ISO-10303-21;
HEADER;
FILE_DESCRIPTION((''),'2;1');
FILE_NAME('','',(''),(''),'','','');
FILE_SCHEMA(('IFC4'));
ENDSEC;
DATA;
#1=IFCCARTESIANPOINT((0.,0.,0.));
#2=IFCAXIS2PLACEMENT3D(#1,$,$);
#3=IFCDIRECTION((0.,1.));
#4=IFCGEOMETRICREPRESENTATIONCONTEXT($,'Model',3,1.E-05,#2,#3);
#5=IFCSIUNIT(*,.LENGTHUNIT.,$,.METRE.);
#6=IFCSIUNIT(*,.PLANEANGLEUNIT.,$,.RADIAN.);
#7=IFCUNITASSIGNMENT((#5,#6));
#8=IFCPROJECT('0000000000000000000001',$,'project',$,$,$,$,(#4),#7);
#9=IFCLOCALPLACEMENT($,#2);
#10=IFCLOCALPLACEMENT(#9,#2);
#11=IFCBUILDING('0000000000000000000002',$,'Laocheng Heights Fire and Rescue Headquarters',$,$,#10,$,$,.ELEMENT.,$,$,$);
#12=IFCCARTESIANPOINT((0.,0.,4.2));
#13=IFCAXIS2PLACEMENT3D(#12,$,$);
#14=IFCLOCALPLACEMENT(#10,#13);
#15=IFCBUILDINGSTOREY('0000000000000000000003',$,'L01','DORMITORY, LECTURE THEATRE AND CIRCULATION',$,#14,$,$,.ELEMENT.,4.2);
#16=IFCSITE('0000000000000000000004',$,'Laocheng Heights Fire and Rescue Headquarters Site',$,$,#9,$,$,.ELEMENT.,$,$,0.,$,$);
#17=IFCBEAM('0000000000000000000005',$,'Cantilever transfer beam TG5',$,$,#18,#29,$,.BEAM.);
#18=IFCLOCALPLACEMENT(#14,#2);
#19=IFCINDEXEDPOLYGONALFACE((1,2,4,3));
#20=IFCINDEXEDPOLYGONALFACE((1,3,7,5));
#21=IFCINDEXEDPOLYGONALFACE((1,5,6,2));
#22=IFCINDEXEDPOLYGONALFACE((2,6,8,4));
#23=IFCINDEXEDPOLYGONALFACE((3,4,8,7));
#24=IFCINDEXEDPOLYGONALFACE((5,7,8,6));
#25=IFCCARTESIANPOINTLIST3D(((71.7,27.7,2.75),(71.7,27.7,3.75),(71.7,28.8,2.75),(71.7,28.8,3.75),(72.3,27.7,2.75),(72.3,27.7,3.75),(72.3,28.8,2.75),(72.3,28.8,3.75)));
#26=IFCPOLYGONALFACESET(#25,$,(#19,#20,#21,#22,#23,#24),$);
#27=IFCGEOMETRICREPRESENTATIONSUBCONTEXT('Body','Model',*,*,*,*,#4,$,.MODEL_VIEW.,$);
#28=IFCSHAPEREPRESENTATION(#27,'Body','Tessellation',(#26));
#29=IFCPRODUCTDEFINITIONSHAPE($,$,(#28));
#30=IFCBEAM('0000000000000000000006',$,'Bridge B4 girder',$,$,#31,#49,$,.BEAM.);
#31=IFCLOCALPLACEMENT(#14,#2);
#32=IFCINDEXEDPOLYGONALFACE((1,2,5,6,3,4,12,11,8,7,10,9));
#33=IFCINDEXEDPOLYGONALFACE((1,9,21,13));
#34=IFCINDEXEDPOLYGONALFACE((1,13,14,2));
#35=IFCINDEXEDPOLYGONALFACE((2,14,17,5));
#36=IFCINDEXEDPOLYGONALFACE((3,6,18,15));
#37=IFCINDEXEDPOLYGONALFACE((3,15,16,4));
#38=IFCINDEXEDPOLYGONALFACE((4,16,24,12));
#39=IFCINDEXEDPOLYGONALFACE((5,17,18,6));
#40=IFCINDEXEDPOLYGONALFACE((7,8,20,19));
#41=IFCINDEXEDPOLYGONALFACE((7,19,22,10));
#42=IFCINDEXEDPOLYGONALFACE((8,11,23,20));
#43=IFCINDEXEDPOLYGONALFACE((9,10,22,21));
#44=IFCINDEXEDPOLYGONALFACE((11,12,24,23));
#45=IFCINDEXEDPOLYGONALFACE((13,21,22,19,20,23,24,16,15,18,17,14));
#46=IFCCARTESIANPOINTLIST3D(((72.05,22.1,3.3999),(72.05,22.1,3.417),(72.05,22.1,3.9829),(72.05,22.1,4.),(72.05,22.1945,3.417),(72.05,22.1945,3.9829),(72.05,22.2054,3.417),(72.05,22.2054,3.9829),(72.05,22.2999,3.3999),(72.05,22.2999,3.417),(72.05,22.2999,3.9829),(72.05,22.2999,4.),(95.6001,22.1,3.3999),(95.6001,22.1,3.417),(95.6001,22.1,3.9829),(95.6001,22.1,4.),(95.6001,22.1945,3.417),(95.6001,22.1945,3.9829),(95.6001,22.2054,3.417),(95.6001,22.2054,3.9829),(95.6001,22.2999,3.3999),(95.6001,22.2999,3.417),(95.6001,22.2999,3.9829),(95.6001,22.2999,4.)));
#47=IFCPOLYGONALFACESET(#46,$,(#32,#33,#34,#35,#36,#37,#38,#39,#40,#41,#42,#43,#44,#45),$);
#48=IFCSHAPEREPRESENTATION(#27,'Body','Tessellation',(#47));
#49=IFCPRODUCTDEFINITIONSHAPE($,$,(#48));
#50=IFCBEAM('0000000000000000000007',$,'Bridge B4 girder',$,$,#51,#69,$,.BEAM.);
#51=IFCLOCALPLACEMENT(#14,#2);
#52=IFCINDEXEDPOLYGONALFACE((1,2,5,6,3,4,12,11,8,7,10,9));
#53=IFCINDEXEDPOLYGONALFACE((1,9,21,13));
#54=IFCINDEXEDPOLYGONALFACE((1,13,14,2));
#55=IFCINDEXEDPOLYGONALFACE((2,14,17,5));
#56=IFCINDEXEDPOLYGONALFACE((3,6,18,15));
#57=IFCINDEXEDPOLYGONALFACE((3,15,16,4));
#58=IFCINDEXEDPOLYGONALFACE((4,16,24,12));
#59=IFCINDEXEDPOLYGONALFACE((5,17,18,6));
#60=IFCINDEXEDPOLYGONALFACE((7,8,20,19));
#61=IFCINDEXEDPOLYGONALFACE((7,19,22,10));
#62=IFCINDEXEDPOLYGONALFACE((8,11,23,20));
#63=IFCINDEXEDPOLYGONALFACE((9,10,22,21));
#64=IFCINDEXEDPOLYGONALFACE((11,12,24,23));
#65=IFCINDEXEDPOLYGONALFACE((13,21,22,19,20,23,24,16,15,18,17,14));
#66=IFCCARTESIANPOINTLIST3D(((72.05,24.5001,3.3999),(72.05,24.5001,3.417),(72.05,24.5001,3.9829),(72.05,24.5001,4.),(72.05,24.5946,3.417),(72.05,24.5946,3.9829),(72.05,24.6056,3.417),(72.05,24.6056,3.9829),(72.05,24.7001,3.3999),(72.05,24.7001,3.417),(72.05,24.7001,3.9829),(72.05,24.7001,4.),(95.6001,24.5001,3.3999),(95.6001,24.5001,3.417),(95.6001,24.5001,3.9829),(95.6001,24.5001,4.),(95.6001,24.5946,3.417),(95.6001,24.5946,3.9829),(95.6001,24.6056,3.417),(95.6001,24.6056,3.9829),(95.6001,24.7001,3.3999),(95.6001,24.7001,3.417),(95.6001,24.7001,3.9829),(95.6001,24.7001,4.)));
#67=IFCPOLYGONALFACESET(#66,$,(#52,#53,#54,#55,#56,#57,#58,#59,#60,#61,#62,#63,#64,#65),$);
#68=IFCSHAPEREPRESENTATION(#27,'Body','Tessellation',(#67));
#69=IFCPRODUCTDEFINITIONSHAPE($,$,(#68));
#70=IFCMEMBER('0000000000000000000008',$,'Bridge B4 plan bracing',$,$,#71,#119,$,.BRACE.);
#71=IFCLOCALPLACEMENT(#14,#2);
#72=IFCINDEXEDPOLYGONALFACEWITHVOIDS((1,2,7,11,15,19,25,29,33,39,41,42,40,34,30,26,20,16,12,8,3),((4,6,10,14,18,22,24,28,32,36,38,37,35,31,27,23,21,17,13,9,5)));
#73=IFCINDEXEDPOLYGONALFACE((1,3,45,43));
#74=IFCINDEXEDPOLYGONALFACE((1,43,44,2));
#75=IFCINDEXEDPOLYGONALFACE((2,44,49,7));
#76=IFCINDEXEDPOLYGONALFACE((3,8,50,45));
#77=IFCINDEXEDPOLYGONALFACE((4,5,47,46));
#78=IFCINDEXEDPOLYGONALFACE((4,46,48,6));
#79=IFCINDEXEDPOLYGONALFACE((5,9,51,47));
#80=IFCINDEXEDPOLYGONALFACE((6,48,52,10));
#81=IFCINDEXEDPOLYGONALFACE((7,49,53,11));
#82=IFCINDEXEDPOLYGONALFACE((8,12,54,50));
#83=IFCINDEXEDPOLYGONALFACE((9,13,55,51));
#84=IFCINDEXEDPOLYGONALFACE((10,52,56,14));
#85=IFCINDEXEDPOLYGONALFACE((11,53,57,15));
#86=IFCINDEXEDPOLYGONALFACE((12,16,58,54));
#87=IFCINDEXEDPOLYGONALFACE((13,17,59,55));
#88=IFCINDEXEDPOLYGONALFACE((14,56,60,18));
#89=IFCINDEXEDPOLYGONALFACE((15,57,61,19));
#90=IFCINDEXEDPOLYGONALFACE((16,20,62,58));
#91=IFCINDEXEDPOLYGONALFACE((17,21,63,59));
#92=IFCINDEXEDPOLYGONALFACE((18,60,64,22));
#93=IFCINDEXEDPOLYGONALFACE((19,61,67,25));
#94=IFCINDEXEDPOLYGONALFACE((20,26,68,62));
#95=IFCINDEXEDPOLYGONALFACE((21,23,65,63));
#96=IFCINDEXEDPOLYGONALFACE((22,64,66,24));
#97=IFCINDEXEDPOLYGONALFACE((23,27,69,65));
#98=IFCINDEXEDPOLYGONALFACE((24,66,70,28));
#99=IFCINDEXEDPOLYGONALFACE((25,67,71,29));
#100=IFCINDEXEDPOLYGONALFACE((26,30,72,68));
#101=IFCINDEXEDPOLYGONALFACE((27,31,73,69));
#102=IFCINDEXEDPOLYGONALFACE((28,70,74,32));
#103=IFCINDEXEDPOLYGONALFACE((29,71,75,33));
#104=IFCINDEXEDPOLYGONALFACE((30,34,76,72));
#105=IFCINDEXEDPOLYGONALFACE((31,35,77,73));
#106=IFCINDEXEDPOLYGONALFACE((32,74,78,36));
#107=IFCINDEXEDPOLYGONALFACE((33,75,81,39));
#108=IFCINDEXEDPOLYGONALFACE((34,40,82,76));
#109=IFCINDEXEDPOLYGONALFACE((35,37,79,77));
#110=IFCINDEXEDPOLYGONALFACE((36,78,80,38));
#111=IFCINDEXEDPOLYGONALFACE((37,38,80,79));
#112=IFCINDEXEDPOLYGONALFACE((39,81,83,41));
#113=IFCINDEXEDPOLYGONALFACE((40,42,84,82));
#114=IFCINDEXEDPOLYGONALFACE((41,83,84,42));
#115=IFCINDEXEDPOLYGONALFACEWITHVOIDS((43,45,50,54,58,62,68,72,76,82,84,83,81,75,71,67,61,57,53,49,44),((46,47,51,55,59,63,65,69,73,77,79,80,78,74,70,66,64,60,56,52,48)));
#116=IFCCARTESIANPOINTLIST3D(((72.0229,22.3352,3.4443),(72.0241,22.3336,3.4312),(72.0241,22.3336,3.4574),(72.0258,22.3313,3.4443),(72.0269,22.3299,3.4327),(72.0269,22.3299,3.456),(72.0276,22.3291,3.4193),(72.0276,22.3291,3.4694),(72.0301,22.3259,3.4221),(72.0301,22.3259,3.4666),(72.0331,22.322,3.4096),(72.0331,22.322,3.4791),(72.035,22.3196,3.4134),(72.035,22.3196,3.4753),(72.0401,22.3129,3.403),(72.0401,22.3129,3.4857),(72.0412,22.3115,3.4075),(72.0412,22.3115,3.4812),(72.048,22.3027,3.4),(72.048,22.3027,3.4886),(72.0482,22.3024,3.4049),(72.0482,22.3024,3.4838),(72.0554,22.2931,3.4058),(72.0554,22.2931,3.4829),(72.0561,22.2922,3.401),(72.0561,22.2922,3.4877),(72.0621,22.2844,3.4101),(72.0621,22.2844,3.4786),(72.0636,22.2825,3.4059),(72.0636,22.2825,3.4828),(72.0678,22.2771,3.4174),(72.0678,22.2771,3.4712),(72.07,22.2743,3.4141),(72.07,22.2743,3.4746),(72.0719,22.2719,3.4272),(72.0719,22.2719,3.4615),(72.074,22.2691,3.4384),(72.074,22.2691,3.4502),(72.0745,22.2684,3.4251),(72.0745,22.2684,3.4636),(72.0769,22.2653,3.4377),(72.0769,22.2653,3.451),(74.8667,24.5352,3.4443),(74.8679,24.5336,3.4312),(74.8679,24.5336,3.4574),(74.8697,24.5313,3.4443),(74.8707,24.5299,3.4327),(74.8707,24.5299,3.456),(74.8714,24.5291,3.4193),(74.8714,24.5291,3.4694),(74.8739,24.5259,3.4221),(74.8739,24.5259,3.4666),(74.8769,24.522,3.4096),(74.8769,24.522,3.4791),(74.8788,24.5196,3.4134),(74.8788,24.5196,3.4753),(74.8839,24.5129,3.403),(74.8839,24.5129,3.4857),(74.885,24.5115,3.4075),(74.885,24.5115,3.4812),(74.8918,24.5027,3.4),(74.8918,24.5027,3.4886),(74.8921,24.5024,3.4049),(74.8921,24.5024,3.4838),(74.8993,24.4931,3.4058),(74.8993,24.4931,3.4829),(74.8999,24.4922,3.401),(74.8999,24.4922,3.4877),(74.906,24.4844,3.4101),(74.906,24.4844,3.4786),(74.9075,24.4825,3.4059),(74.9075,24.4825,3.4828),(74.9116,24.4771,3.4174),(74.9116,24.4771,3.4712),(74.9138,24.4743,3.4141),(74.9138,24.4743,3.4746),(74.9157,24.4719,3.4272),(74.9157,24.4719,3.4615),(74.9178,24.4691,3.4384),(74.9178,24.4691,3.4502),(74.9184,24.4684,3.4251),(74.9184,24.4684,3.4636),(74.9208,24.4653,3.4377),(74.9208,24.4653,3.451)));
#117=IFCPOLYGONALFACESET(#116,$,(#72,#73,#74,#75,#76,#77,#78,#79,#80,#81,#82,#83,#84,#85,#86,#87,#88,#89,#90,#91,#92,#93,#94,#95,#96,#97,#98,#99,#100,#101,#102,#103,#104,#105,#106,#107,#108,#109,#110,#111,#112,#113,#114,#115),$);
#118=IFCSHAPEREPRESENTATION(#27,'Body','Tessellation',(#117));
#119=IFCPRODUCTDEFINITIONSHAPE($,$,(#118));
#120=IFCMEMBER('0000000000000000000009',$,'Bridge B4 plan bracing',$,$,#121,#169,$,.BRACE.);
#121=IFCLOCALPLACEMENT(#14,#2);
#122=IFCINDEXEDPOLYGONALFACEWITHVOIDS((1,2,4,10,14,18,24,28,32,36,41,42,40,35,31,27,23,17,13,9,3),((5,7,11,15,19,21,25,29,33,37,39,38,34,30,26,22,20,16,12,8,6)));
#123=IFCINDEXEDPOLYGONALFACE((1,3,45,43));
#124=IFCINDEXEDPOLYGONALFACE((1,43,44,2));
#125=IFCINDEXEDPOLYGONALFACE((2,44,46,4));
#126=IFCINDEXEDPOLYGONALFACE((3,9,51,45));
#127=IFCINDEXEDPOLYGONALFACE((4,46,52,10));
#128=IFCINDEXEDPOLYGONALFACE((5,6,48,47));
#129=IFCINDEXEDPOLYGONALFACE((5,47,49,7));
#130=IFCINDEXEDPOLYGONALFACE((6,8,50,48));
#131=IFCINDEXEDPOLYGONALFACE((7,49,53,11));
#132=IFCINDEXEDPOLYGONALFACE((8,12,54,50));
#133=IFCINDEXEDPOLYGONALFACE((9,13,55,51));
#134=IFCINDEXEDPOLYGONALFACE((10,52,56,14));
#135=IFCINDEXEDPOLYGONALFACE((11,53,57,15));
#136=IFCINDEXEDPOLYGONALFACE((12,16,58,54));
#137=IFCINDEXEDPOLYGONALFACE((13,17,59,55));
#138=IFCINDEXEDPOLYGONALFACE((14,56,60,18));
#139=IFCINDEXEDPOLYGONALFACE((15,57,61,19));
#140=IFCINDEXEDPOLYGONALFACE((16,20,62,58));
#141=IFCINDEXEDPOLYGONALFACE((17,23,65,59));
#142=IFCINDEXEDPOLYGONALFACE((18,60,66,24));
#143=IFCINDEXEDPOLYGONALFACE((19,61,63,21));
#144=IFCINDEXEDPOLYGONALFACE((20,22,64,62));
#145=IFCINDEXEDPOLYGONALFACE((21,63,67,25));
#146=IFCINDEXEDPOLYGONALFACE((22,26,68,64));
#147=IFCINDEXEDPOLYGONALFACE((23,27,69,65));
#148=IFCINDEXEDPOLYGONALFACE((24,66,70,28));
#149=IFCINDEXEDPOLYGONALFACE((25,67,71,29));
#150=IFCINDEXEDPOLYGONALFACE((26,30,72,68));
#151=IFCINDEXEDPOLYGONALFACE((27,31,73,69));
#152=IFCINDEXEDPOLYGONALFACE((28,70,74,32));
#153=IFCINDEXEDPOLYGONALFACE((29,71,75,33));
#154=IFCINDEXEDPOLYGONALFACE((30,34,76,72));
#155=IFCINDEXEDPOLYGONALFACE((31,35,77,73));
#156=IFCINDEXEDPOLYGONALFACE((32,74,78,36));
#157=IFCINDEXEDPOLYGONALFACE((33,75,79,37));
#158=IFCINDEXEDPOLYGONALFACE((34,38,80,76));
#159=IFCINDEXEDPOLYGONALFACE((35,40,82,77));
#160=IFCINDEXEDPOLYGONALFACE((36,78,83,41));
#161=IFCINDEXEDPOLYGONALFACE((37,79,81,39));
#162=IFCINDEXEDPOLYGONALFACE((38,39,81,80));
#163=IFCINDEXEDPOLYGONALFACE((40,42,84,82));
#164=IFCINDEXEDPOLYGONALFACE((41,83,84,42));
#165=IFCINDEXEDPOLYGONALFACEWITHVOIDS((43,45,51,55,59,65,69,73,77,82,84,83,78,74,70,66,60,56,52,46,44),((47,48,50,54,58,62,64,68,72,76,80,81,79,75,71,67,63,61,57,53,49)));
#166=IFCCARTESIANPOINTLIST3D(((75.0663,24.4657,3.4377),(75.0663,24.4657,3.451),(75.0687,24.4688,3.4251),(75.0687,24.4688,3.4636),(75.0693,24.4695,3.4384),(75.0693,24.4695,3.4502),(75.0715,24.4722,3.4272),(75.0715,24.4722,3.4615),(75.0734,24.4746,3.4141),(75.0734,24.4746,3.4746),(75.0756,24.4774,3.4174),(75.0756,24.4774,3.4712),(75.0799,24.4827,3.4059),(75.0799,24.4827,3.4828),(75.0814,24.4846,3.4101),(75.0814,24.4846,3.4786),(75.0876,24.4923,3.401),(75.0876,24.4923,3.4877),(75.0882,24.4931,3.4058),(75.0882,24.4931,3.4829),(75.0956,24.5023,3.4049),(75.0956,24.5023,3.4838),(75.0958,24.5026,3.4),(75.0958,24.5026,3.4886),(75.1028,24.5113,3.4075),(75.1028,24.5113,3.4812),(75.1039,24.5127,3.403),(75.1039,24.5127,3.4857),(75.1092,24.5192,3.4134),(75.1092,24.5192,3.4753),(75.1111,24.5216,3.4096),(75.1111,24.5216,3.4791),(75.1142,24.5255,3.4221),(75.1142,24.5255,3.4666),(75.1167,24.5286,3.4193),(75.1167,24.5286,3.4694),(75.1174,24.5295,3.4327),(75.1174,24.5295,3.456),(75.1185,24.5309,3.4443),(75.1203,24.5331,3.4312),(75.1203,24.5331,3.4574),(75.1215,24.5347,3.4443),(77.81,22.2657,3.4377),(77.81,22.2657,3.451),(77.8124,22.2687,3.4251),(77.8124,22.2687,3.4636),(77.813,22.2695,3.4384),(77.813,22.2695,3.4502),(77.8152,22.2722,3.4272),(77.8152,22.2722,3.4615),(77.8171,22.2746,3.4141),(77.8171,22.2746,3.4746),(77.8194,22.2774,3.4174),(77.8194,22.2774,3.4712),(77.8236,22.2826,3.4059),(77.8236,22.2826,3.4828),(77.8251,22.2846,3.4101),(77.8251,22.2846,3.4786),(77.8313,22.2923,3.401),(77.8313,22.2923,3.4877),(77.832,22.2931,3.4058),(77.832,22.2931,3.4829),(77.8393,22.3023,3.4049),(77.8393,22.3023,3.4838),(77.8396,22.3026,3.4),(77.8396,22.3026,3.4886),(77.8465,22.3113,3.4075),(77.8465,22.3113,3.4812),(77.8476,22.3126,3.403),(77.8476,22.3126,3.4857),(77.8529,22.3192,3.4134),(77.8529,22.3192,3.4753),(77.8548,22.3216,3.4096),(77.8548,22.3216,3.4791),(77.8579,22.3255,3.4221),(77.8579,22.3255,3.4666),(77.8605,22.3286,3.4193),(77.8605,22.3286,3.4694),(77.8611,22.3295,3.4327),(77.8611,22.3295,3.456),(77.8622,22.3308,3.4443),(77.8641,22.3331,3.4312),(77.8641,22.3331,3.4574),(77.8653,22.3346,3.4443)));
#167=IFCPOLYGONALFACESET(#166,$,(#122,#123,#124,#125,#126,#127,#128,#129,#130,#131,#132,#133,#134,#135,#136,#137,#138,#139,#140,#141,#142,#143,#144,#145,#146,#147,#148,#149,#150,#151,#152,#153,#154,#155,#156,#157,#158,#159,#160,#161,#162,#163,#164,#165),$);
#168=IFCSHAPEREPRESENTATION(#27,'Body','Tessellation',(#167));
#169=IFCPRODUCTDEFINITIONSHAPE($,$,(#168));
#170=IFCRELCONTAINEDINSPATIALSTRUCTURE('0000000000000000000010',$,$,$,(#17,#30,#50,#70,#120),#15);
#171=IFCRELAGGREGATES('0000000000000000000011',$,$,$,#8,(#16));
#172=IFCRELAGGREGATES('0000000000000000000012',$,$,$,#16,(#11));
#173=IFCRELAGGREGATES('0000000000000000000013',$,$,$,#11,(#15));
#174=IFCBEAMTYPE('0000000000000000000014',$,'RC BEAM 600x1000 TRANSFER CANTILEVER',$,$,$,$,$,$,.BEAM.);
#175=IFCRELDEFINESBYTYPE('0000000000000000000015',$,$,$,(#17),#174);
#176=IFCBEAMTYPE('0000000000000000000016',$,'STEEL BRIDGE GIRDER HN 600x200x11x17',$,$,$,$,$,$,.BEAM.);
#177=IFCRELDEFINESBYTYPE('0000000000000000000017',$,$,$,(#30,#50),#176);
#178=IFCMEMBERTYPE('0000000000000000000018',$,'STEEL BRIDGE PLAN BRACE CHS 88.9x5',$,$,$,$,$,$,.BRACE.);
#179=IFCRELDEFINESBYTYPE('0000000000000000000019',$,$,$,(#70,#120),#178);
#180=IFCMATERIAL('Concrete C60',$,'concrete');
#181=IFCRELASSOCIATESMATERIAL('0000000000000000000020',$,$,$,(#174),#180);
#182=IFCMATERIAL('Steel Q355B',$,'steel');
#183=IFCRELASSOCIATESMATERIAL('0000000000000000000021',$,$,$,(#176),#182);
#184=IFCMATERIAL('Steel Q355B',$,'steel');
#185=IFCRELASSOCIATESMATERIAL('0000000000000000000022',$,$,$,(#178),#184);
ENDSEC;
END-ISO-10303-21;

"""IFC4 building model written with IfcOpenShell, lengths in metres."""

from ifc_helpers import new_model, si_unit, direction, frame, origin, origin_2d, place, context, subcontext, project, spatial, rectangle, hollow_circle, i_section, extrude, material, material_profile, profile_set, type_object, element, save


model = new_model("IFC4")

# Units and contexts
model_context = context("Model", 3, precision=1e-05, world=origin(), true_north=direction((0.0, 1.0)))
body_context = subcontext(model_context, "Body", "Model", "MODEL_VIEW")
ifc_project = project(units=[si_unit("LENGTHUNIT", "METRE"), si_unit("PLANEANGLEUNIT", "RADIAN")], contexts=[model_context])

# Site, building, storey
site_placement = place(None, origin())
site = spatial("IfcSite", under=ifc_project, at=site_placement, Name="Laocheng Heights Fire and Rescue Headquarters Site", CompositionType="ELEMENT", RefElevation=0.0)
building_placement = place(site_placement, origin())
building = spatial("IfcBuilding", under=site, at=building_placement, Name="Laocheng Heights Fire and Rescue Headquarters", CompositionType="ELEMENT")
storey_placement = place(building_placement, frame((0.0, 0.0, 4.2)))
storey = spatial("IfcBuildingStorey", under=building, at=storey_placement, Name="L01", Description="DORMITORY, LECTURE THEATRE AND CIRCULATION", CompositionType="ELEMENT", Elevation=4.2)

# Beams
ifc_material_1 = material(Name="Concrete C60", Category="concrete")
ifc_material_profile_1 = material_profile(ifc_material_1, rectangle(XDim=0.6001, YDim=1.0, at=origin_2d()), Name="RC BEAM 600x1000 TRANSFER CANTILEVER")
ifc_profile_set_1 = profile_set([ifc_material_profile_1], Name="Concrete C60")
beam_type_1 = type_object("IfcBeamType", Name="RC BEAM 600x1000 TRANSFER CANTILEVER", PredefinedType="BEAM", material=ifc_profile_set_1)
beam_placement = place(storey_placement, frame((72.0, 27.7, 3.25), z_axis=(0.0, 1.0, 0.0), x_axis=(-1.0, 0.0, 0.0)))
element("IfcBeam", 1, at=beam_placement, inside=storey, type_object=beam_type_1, Name="Cantilever transfer beam TG5", PredefinedType="BEAM", context=body_context, shape_type="SweptSolid", body=[
    extrude(rectangle(XDim=0.6001, YDim=1.0, at=origin_2d()), origin(), (0.0, 0.0, 1.0), 1.1001),
])
ifc_material_2 = material(Name="Steel Q355B", Category="steel")
ifc_material_profile_2 = material_profile(ifc_material_2, i_section(OverallWidth=0.2, OverallDepth=0.6001, WebThickness=0.011, FlangeThickness=0.0171, at=origin_2d()), Name="HN 600x200x11x17")
ifc_profile_set_2 = profile_set([ifc_material_profile_2], Name="Steel Q355B")
beam_type_2 = type_object("IfcBeamType", Name="STEEL BRIDGE GIRDER HN 600x200x11x17", PredefinedType="BEAM", material=ifc_profile_set_2)
for number, where, z_axis, x_axis, name in (
    (2, (72.05, 22.2, 3.7), (1.0, 0.0, 0.0), (0.0, 1.0, 0.0), "Bridge B4 girder"),
    (3, (72.05, 24.6001, 3.7), (1.0, 0.0, 0.0), (0.0, 1.0, 0.0), "Bridge B4 girder"),
):
    element("IfcBeam", number, at=place(storey_placement, frame(where, z_axis=z_axis, x_axis=x_axis)), inside=storey, type_object=beam_type_2, Name=name, PredefinedType="BEAM", context=body_context, shape_type="SweptSolid", body=[
        extrude(i_section(OverallWidth=0.2, OverallDepth=0.6001, WebThickness=0.011, FlangeThickness=0.0171, at=origin_2d()), origin(), (0.0, 0.0, 1.0), 23.55),
    ])

# Members
ifc_material_3 = material(Name="Steel Q355B", Category="steel")
ifc_material_profile_3 = material_profile(ifc_material_3, hollow_circle(Radius=0.0444, WallThickness=0.0049, at=origin_2d()), Name="CHS 88.9x5")
ifc_profile_set_3 = profile_set([ifc_material_profile_3], Name="Steel Q355B")
member_type = type_object("IfcMemberType", Name="STEEL BRIDGE PLAN BRACE CHS 88.9x5", PredefinedType="BRACE", material=ifc_profile_set_3)
member_1_placement = place(storey_placement, frame((72.05, 22.3, 3.4443), z_axis=(0.790947, 0.611884, 0.0), x_axis=(-0.611884, 0.790947, 0.0)))
element("IfcMember", 4, at=member_1_placement, inside=storey, type_object=member_type, Name="Bridge B4 plan bracing", PredefinedType="BRACE", context=body_context, shape_type="SweptSolid", body=[
    extrude(hollow_circle(Radius=0.0444, WallThickness=0.0049, at=origin_2d()), origin(), (0.0, 0.0, 1.0), 3.5955),
])
for number, where, z_axis, x_axis, name in (
    (5, (75.0938, 24.5, 3.4443), (0.780171, -0.625567, 0.0), (0.625567, 0.780171, 0.0), "Bridge B4 plan bracing"),
):
    element("IfcMember", number, at=place(storey_placement, frame(where, z_axis=z_axis, x_axis=x_axis)), inside=storey, type_object=member_type, Name=name, PredefinedType="BRACE", context=body_context, shape_type="SweptSolid", body=[
        extrude(hollow_circle(Radius=0.0444, WallThickness=0.0049, at=origin_2d()), origin(), (0.0, 0.0, 1.0), 3.5168),
    ])

save(model, "model.ifc")
